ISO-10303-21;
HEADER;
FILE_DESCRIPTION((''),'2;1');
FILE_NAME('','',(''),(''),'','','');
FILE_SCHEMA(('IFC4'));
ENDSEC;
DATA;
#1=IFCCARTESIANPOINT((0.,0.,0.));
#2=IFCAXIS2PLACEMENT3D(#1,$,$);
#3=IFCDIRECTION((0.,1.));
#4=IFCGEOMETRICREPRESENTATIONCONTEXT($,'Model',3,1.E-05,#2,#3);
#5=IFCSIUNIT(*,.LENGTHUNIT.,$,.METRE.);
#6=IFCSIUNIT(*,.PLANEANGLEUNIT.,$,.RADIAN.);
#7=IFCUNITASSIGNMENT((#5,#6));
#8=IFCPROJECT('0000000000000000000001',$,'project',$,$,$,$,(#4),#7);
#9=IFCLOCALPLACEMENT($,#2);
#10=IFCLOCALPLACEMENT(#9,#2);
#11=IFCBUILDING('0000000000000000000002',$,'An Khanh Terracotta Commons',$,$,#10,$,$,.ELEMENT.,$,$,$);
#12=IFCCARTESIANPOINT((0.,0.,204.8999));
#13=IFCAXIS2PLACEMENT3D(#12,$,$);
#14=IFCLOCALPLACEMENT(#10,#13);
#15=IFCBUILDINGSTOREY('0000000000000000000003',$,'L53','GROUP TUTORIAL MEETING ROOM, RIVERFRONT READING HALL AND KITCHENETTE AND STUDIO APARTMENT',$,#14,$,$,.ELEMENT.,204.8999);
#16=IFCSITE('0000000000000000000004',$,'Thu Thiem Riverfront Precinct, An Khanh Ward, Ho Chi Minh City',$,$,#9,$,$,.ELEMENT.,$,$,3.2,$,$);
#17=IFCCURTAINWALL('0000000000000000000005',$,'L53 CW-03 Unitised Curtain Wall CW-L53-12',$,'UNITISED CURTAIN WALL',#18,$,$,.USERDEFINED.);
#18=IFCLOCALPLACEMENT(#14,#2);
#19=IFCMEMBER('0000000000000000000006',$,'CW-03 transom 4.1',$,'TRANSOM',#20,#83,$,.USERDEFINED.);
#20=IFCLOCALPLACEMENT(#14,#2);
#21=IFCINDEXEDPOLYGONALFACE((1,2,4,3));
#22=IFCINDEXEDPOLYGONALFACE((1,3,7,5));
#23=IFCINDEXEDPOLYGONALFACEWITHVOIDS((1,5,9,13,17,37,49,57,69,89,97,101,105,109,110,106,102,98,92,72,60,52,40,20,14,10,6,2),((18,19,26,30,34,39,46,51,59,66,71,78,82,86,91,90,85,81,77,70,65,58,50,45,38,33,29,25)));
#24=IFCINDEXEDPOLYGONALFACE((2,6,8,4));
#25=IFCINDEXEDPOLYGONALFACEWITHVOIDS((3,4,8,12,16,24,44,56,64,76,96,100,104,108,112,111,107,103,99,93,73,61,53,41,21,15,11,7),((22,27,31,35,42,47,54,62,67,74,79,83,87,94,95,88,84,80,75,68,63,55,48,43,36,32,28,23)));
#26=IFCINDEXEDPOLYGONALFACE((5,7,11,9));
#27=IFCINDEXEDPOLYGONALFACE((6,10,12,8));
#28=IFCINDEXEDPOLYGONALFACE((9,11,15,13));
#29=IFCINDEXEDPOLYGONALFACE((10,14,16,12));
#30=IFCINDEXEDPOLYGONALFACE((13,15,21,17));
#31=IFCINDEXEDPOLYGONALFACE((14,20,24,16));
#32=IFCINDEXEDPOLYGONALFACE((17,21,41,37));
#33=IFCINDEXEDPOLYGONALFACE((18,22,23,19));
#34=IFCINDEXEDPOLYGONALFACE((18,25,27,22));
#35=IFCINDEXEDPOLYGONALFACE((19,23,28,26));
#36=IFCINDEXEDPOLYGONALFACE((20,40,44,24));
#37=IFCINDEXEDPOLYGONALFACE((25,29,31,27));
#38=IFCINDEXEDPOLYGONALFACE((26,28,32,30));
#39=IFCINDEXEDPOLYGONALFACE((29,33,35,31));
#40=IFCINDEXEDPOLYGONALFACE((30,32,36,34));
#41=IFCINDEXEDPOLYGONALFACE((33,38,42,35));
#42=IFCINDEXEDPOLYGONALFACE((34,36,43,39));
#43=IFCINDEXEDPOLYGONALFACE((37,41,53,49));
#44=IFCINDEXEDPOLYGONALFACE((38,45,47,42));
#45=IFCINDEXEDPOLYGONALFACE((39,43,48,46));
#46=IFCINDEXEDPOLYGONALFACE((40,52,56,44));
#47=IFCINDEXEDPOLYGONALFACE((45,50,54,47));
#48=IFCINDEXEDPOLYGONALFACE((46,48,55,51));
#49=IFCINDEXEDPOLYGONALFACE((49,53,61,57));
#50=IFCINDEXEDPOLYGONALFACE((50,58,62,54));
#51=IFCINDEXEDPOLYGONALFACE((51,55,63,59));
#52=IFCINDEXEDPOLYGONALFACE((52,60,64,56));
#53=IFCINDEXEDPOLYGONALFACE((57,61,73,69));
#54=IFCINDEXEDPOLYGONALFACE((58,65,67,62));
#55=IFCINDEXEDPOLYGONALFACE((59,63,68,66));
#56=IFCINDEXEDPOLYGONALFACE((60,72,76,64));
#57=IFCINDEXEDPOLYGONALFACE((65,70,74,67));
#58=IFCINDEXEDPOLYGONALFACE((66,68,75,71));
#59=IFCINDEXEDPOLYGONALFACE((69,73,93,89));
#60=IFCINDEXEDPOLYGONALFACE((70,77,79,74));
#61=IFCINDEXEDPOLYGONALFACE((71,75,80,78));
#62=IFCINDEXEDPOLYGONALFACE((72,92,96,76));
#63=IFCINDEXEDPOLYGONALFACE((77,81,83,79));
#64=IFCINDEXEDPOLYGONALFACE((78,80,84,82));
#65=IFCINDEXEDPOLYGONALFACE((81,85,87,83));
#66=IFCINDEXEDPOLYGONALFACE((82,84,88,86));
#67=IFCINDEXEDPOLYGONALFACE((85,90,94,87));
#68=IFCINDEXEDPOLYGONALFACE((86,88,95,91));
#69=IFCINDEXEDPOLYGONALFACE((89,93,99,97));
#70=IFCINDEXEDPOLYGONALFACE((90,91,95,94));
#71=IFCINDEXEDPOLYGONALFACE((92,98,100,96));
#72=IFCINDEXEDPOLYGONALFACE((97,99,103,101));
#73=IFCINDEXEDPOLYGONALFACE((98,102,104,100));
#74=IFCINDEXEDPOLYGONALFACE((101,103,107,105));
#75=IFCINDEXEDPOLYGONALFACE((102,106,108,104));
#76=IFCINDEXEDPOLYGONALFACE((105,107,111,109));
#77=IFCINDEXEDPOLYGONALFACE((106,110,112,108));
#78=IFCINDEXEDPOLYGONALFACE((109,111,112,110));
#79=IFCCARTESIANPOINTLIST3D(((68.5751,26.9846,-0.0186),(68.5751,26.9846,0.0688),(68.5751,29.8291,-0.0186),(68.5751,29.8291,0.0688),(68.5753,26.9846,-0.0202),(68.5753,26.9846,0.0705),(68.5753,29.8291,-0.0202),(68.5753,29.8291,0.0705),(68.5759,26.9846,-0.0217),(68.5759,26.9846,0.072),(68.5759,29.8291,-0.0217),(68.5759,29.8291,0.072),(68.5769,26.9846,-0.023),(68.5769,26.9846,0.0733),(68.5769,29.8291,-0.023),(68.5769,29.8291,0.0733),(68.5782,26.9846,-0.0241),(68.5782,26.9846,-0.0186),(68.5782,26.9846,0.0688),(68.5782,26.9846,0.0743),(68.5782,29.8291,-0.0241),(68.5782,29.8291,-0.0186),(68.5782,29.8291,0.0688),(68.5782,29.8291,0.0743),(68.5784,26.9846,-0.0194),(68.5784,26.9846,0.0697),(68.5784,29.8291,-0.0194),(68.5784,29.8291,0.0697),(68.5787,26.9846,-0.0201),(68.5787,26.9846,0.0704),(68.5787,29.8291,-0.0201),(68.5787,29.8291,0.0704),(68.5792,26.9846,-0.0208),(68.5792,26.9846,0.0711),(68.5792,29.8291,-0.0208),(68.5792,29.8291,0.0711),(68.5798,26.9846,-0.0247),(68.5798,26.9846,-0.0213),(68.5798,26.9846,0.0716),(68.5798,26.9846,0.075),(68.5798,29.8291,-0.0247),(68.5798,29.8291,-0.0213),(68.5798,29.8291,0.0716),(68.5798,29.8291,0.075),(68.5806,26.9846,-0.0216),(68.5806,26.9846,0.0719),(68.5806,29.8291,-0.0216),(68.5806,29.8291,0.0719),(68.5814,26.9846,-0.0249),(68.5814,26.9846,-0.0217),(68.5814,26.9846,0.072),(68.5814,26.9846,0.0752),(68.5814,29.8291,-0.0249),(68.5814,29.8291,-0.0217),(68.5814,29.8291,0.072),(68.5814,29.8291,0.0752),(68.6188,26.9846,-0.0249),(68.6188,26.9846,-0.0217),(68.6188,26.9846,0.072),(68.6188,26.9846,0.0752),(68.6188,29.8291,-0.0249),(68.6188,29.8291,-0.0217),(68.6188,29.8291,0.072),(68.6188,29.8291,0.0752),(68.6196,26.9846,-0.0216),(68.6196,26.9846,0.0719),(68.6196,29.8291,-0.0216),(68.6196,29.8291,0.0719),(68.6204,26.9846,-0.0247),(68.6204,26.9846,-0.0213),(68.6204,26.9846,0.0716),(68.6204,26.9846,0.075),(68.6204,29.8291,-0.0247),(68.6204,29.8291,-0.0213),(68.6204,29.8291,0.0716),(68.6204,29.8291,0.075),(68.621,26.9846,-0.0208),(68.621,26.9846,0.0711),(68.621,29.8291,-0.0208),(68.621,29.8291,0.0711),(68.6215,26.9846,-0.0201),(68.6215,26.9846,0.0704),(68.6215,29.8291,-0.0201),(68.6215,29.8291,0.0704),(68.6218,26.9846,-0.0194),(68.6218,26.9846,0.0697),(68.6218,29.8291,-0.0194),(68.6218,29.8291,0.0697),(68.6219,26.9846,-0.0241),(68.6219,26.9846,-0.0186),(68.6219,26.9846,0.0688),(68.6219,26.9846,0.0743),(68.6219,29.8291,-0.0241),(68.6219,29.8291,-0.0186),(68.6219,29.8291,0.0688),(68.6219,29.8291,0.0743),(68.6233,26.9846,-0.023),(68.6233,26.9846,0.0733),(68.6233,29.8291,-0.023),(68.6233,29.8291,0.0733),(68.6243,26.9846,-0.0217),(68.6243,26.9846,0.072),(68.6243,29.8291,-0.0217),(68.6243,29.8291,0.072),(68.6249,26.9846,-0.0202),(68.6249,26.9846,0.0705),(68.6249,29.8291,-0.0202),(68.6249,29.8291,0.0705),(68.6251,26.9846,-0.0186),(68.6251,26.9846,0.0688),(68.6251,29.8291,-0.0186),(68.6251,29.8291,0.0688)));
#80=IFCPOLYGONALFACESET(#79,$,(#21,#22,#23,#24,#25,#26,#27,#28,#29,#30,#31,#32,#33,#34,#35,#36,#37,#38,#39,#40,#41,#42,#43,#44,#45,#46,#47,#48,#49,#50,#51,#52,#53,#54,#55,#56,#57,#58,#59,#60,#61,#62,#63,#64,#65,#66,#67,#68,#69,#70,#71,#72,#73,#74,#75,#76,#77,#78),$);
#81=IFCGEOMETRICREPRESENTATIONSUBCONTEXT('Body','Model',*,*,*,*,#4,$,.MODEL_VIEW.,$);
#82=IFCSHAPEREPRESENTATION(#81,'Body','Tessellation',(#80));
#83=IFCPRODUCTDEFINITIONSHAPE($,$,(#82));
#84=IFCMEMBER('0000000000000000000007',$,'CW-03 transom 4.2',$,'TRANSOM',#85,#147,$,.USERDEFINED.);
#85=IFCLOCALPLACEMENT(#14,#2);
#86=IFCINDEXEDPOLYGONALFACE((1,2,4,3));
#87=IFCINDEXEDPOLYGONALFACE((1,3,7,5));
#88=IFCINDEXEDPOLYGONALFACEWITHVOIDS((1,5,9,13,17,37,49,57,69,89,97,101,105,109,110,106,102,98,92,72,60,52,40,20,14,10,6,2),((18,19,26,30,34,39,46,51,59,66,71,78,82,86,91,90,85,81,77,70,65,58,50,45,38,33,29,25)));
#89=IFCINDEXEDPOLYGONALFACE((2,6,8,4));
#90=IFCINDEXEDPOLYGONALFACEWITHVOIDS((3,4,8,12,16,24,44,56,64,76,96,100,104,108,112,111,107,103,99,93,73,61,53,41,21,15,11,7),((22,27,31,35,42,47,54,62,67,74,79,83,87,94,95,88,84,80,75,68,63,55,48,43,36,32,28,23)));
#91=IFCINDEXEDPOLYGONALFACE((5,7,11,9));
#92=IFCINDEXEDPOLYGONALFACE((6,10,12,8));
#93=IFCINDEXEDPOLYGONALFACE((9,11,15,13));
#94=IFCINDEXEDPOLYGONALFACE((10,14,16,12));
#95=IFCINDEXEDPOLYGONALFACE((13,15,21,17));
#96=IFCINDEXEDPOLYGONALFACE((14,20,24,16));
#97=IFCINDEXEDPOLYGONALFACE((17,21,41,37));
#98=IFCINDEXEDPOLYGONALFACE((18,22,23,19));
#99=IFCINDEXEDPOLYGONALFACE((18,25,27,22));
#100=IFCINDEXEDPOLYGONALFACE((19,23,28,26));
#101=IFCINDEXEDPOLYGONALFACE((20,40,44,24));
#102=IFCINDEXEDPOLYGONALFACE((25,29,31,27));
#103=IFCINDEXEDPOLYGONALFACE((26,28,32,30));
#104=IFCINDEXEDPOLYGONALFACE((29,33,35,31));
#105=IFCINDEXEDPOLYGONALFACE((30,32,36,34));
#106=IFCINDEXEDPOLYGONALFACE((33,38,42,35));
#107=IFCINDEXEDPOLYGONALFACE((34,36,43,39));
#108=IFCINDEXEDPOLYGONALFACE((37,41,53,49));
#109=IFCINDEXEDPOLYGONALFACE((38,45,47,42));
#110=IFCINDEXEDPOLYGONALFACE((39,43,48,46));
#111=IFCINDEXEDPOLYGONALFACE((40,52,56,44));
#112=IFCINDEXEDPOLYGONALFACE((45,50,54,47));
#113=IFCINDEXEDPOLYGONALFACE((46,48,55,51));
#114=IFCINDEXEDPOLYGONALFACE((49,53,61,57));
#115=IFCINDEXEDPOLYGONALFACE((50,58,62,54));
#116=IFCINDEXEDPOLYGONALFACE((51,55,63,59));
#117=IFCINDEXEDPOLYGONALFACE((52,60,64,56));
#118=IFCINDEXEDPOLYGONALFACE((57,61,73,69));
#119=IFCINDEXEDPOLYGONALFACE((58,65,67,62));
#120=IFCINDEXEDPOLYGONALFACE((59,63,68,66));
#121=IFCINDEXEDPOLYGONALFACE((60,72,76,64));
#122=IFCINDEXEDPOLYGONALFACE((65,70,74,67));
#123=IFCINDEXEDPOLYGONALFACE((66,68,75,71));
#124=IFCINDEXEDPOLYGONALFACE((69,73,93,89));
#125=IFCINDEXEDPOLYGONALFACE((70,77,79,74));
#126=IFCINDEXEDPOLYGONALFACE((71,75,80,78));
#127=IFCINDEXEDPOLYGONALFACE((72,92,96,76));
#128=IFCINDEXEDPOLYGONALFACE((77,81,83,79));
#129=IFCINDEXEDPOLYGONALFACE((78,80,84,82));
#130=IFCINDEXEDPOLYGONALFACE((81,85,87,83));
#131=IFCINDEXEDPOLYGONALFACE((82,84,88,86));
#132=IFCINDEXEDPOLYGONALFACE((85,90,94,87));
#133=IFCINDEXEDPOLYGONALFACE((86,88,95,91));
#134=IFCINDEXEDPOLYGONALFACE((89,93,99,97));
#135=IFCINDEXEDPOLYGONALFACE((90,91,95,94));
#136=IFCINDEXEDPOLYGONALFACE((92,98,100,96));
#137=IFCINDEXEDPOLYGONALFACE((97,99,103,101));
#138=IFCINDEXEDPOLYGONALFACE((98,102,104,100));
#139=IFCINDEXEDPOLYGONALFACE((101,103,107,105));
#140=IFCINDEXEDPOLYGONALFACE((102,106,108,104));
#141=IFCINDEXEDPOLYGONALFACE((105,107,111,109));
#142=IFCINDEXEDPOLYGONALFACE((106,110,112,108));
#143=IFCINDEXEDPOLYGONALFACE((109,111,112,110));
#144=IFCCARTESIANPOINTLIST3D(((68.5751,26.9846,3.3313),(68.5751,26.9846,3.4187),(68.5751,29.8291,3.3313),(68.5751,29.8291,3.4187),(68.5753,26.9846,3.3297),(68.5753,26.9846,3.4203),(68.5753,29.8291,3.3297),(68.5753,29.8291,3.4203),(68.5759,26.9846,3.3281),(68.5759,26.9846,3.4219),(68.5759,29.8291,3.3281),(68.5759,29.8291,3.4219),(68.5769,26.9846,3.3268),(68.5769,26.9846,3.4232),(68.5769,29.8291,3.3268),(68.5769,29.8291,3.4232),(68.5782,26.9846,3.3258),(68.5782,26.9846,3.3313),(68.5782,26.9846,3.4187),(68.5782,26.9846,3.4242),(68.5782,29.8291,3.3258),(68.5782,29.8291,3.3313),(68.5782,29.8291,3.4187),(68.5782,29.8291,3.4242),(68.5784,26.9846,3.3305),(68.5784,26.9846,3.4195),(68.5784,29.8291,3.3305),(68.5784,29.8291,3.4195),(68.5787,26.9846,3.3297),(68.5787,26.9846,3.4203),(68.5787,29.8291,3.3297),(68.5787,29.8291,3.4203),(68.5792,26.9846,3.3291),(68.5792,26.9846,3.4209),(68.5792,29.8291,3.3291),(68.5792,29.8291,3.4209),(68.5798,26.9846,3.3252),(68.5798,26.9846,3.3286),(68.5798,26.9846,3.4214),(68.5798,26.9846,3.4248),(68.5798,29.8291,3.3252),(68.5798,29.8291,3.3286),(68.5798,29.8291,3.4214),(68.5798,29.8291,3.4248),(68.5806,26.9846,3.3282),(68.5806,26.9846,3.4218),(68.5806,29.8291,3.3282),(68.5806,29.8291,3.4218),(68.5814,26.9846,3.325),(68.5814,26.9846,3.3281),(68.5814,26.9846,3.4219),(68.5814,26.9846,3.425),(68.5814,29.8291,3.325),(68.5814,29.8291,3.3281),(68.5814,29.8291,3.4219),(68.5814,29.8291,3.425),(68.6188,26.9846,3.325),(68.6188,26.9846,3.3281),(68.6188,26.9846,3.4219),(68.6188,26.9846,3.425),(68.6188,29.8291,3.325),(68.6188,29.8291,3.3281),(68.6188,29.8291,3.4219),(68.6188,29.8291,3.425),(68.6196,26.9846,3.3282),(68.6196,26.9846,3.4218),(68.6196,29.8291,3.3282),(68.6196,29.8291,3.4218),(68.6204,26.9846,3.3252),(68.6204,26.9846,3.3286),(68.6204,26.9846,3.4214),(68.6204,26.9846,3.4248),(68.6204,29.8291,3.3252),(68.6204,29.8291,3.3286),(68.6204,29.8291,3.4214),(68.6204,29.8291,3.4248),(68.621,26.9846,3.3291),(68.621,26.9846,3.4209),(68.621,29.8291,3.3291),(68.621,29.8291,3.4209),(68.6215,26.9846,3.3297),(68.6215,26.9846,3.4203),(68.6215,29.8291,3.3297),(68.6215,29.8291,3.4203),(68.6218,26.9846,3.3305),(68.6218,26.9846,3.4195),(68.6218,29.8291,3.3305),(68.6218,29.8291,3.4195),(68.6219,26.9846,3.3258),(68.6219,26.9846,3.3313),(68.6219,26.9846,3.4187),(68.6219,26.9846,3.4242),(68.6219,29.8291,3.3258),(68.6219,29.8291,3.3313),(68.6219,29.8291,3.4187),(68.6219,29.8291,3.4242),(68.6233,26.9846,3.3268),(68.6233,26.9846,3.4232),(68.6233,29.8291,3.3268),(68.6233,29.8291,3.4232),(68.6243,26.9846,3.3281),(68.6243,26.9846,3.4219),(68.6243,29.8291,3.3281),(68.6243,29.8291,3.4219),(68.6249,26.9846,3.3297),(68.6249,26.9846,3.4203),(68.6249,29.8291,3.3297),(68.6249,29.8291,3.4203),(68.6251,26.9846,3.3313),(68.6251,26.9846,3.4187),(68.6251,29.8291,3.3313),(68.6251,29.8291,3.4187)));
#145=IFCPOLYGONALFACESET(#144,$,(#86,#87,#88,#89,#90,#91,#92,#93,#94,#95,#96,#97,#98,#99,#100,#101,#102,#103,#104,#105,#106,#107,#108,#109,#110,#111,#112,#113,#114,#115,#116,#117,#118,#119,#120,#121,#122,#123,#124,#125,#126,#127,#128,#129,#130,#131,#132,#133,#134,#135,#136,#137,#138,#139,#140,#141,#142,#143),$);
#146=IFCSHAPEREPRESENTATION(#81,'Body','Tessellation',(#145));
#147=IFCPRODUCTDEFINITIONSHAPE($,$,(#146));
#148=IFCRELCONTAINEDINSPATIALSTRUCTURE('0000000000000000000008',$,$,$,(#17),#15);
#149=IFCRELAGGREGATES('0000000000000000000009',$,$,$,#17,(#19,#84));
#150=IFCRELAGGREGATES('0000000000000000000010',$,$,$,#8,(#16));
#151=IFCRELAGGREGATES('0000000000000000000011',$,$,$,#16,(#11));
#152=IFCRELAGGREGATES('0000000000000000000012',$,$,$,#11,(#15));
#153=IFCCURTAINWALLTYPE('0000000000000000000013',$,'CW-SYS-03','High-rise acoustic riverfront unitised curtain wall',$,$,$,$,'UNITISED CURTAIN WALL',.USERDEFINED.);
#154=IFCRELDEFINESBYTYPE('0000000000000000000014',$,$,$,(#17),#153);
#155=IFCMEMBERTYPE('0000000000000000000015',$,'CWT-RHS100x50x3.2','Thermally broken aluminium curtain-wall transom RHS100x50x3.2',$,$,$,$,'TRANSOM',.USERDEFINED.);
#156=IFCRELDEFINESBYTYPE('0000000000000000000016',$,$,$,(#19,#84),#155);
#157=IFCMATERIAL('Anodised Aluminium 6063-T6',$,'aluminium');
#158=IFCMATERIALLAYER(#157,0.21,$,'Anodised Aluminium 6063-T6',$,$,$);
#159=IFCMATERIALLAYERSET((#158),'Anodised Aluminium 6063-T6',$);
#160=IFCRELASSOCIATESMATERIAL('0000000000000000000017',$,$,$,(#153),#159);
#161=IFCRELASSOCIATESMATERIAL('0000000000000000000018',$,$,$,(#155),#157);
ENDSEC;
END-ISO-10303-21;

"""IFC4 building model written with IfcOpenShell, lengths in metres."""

from ifc_helpers import new_model, si_unit, direction, frame, origin, origin_2d, place, context, subcontext, project, spatial, hollow_rectangle, extrude, material, layer, layer_set, material_profile, profile_set, type_object, element, aggregate, save


model = new_model("IFC4")

# Units and contexts
model_context = context("Model", 3, precision=1e-05, world=origin(), true_north=direction((0.0, 1.0)))
body_context = subcontext(model_context, "Body", "Model", "MODEL_VIEW")
ifc_project = project(units=[si_unit("LENGTHUNIT", "METRE"), si_unit("PLANEANGLEUNIT", "RADIAN")], contexts=[model_context])

# Site, building, storey
site_placement = place(None, origin())
site = spatial("IfcSite", under=ifc_project, at=site_placement, Name="Thu Thiem Riverfront Precinct, An Khanh Ward, Ho Chi Minh City", CompositionType="ELEMENT", RefElevation=3.2)
building_placement = place(site_placement, origin())
building = spatial("IfcBuilding", under=site, at=building_placement, Name="An Khanh Terracotta Commons", CompositionType="ELEMENT")
storey_placement = place(building_placement, frame((0.0, 0.0, 204.8999)))
storey = spatial("IfcBuildingStorey", under=building, at=storey_placement, Name="L53", Description="GROUP TUTORIAL MEETING ROOM, RIVERFRONT READING HALL AND KITCHENETTE AND STUDIO APARTMENT", CompositionType="ELEMENT", Elevation=204.8999)

# Curtain wall
ifc_material_1 = material(Name="Anodised Aluminium 6063-T6", Category="aluminium")
ifc_layer_1 = layer(ifc_material_1, 0.21, Name="Anodised Aluminium 6063-T6")
ifc_layer_set_1 = layer_set([ifc_layer_1], Name="Anodised Aluminium 6063-T6")
curtain_wall_type = type_object("IfcCurtainWallType", Name="CW-SYS-03", Description="High-rise acoustic riverfront unitised curtain wall", ElementType="UNITISED CURTAIN WALL", PredefinedType="USERDEFINED", material=ifc_layer_set_1)
curtain_wall_1_placement = place(storey_placement, origin())
curtain_wall_1 = element("IfcCurtainWall", 1, at=curtain_wall_1_placement, inside=storey, type_object=curtain_wall_type, Name="L53 CW-03 Unitised Curtain Wall CW-L53-12", ObjectType="UNITISED CURTAIN WALL", PredefinedType="USERDEFINED")

# Members
ifc_material_profile_1 = material_profile(ifc_material_1, hollow_rectangle(XDim=0.05, YDim=0.1001, WallThickness=0.0032, InnerFilletRadius=0.0032, OuterFilletRadius=0.0063, at=origin_2d()), Name="RHS100x50x3.2")
ifc_profile_set_1 = profile_set([ifc_material_profile_1], Name="Anodised Aluminium 6063-T6")
member_type_1 = type_object("IfcMemberType", Name="CWT-RHS100x50x3.2", Description="Thermally broken aluminium curtain-wall transom RHS100x50x3.2", ElementType="TRANSOM", PredefinedType="USERDEFINED", material=ifc_profile_set_1)
member_1_placement = place(storey_placement, frame((68.6001, 26.9846, 0.0251), z_axis=(0.0, 1.0, 0.0), x_axis=(-1.0, 0.0, 0.0)))
member_1 = element("IfcMember", 2, at=member_1_placement, type_object=member_type_1, Name="CW-03 transom 4.1", ObjectType="TRANSOM", PredefinedType="USERDEFINED", context=body_context, shape_type="SweptSolid", body=[
    extrude(hollow_rectangle(XDim=0.05, YDim=0.1001, WallThickness=0.0032, InnerFilletRadius=0.0032, OuterFilletRadius=0.0063, at=origin_2d()), origin(), (0.0, 0.0, 1.0), 2.8445),
])
member_2_placement = place(storey_placement, frame((68.6001, 26.9846, 3.375), z_axis=(0.0, 1.0, 0.0), x_axis=(-1.0, 0.0, 0.0)))
member_2 = element("IfcMember", 3, at=member_2_placement, type_object=member_type_1, Name="CW-03 transom 4.2", ObjectType="TRANSOM", PredefinedType="USERDEFINED", context=body_context, shape_type="SweptSolid", body=[
    extrude(hollow_rectangle(XDim=0.05, YDim=0.1001, WallThickness=0.0032, InnerFilletRadius=0.0032, OuterFilletRadius=0.0063, at=origin_2d()), origin(), (0.0, 0.0, 1.0), 2.8445),
])

aggregate(curtain_wall_1, [member_1, member_2])

save(model, "model.ifc")
